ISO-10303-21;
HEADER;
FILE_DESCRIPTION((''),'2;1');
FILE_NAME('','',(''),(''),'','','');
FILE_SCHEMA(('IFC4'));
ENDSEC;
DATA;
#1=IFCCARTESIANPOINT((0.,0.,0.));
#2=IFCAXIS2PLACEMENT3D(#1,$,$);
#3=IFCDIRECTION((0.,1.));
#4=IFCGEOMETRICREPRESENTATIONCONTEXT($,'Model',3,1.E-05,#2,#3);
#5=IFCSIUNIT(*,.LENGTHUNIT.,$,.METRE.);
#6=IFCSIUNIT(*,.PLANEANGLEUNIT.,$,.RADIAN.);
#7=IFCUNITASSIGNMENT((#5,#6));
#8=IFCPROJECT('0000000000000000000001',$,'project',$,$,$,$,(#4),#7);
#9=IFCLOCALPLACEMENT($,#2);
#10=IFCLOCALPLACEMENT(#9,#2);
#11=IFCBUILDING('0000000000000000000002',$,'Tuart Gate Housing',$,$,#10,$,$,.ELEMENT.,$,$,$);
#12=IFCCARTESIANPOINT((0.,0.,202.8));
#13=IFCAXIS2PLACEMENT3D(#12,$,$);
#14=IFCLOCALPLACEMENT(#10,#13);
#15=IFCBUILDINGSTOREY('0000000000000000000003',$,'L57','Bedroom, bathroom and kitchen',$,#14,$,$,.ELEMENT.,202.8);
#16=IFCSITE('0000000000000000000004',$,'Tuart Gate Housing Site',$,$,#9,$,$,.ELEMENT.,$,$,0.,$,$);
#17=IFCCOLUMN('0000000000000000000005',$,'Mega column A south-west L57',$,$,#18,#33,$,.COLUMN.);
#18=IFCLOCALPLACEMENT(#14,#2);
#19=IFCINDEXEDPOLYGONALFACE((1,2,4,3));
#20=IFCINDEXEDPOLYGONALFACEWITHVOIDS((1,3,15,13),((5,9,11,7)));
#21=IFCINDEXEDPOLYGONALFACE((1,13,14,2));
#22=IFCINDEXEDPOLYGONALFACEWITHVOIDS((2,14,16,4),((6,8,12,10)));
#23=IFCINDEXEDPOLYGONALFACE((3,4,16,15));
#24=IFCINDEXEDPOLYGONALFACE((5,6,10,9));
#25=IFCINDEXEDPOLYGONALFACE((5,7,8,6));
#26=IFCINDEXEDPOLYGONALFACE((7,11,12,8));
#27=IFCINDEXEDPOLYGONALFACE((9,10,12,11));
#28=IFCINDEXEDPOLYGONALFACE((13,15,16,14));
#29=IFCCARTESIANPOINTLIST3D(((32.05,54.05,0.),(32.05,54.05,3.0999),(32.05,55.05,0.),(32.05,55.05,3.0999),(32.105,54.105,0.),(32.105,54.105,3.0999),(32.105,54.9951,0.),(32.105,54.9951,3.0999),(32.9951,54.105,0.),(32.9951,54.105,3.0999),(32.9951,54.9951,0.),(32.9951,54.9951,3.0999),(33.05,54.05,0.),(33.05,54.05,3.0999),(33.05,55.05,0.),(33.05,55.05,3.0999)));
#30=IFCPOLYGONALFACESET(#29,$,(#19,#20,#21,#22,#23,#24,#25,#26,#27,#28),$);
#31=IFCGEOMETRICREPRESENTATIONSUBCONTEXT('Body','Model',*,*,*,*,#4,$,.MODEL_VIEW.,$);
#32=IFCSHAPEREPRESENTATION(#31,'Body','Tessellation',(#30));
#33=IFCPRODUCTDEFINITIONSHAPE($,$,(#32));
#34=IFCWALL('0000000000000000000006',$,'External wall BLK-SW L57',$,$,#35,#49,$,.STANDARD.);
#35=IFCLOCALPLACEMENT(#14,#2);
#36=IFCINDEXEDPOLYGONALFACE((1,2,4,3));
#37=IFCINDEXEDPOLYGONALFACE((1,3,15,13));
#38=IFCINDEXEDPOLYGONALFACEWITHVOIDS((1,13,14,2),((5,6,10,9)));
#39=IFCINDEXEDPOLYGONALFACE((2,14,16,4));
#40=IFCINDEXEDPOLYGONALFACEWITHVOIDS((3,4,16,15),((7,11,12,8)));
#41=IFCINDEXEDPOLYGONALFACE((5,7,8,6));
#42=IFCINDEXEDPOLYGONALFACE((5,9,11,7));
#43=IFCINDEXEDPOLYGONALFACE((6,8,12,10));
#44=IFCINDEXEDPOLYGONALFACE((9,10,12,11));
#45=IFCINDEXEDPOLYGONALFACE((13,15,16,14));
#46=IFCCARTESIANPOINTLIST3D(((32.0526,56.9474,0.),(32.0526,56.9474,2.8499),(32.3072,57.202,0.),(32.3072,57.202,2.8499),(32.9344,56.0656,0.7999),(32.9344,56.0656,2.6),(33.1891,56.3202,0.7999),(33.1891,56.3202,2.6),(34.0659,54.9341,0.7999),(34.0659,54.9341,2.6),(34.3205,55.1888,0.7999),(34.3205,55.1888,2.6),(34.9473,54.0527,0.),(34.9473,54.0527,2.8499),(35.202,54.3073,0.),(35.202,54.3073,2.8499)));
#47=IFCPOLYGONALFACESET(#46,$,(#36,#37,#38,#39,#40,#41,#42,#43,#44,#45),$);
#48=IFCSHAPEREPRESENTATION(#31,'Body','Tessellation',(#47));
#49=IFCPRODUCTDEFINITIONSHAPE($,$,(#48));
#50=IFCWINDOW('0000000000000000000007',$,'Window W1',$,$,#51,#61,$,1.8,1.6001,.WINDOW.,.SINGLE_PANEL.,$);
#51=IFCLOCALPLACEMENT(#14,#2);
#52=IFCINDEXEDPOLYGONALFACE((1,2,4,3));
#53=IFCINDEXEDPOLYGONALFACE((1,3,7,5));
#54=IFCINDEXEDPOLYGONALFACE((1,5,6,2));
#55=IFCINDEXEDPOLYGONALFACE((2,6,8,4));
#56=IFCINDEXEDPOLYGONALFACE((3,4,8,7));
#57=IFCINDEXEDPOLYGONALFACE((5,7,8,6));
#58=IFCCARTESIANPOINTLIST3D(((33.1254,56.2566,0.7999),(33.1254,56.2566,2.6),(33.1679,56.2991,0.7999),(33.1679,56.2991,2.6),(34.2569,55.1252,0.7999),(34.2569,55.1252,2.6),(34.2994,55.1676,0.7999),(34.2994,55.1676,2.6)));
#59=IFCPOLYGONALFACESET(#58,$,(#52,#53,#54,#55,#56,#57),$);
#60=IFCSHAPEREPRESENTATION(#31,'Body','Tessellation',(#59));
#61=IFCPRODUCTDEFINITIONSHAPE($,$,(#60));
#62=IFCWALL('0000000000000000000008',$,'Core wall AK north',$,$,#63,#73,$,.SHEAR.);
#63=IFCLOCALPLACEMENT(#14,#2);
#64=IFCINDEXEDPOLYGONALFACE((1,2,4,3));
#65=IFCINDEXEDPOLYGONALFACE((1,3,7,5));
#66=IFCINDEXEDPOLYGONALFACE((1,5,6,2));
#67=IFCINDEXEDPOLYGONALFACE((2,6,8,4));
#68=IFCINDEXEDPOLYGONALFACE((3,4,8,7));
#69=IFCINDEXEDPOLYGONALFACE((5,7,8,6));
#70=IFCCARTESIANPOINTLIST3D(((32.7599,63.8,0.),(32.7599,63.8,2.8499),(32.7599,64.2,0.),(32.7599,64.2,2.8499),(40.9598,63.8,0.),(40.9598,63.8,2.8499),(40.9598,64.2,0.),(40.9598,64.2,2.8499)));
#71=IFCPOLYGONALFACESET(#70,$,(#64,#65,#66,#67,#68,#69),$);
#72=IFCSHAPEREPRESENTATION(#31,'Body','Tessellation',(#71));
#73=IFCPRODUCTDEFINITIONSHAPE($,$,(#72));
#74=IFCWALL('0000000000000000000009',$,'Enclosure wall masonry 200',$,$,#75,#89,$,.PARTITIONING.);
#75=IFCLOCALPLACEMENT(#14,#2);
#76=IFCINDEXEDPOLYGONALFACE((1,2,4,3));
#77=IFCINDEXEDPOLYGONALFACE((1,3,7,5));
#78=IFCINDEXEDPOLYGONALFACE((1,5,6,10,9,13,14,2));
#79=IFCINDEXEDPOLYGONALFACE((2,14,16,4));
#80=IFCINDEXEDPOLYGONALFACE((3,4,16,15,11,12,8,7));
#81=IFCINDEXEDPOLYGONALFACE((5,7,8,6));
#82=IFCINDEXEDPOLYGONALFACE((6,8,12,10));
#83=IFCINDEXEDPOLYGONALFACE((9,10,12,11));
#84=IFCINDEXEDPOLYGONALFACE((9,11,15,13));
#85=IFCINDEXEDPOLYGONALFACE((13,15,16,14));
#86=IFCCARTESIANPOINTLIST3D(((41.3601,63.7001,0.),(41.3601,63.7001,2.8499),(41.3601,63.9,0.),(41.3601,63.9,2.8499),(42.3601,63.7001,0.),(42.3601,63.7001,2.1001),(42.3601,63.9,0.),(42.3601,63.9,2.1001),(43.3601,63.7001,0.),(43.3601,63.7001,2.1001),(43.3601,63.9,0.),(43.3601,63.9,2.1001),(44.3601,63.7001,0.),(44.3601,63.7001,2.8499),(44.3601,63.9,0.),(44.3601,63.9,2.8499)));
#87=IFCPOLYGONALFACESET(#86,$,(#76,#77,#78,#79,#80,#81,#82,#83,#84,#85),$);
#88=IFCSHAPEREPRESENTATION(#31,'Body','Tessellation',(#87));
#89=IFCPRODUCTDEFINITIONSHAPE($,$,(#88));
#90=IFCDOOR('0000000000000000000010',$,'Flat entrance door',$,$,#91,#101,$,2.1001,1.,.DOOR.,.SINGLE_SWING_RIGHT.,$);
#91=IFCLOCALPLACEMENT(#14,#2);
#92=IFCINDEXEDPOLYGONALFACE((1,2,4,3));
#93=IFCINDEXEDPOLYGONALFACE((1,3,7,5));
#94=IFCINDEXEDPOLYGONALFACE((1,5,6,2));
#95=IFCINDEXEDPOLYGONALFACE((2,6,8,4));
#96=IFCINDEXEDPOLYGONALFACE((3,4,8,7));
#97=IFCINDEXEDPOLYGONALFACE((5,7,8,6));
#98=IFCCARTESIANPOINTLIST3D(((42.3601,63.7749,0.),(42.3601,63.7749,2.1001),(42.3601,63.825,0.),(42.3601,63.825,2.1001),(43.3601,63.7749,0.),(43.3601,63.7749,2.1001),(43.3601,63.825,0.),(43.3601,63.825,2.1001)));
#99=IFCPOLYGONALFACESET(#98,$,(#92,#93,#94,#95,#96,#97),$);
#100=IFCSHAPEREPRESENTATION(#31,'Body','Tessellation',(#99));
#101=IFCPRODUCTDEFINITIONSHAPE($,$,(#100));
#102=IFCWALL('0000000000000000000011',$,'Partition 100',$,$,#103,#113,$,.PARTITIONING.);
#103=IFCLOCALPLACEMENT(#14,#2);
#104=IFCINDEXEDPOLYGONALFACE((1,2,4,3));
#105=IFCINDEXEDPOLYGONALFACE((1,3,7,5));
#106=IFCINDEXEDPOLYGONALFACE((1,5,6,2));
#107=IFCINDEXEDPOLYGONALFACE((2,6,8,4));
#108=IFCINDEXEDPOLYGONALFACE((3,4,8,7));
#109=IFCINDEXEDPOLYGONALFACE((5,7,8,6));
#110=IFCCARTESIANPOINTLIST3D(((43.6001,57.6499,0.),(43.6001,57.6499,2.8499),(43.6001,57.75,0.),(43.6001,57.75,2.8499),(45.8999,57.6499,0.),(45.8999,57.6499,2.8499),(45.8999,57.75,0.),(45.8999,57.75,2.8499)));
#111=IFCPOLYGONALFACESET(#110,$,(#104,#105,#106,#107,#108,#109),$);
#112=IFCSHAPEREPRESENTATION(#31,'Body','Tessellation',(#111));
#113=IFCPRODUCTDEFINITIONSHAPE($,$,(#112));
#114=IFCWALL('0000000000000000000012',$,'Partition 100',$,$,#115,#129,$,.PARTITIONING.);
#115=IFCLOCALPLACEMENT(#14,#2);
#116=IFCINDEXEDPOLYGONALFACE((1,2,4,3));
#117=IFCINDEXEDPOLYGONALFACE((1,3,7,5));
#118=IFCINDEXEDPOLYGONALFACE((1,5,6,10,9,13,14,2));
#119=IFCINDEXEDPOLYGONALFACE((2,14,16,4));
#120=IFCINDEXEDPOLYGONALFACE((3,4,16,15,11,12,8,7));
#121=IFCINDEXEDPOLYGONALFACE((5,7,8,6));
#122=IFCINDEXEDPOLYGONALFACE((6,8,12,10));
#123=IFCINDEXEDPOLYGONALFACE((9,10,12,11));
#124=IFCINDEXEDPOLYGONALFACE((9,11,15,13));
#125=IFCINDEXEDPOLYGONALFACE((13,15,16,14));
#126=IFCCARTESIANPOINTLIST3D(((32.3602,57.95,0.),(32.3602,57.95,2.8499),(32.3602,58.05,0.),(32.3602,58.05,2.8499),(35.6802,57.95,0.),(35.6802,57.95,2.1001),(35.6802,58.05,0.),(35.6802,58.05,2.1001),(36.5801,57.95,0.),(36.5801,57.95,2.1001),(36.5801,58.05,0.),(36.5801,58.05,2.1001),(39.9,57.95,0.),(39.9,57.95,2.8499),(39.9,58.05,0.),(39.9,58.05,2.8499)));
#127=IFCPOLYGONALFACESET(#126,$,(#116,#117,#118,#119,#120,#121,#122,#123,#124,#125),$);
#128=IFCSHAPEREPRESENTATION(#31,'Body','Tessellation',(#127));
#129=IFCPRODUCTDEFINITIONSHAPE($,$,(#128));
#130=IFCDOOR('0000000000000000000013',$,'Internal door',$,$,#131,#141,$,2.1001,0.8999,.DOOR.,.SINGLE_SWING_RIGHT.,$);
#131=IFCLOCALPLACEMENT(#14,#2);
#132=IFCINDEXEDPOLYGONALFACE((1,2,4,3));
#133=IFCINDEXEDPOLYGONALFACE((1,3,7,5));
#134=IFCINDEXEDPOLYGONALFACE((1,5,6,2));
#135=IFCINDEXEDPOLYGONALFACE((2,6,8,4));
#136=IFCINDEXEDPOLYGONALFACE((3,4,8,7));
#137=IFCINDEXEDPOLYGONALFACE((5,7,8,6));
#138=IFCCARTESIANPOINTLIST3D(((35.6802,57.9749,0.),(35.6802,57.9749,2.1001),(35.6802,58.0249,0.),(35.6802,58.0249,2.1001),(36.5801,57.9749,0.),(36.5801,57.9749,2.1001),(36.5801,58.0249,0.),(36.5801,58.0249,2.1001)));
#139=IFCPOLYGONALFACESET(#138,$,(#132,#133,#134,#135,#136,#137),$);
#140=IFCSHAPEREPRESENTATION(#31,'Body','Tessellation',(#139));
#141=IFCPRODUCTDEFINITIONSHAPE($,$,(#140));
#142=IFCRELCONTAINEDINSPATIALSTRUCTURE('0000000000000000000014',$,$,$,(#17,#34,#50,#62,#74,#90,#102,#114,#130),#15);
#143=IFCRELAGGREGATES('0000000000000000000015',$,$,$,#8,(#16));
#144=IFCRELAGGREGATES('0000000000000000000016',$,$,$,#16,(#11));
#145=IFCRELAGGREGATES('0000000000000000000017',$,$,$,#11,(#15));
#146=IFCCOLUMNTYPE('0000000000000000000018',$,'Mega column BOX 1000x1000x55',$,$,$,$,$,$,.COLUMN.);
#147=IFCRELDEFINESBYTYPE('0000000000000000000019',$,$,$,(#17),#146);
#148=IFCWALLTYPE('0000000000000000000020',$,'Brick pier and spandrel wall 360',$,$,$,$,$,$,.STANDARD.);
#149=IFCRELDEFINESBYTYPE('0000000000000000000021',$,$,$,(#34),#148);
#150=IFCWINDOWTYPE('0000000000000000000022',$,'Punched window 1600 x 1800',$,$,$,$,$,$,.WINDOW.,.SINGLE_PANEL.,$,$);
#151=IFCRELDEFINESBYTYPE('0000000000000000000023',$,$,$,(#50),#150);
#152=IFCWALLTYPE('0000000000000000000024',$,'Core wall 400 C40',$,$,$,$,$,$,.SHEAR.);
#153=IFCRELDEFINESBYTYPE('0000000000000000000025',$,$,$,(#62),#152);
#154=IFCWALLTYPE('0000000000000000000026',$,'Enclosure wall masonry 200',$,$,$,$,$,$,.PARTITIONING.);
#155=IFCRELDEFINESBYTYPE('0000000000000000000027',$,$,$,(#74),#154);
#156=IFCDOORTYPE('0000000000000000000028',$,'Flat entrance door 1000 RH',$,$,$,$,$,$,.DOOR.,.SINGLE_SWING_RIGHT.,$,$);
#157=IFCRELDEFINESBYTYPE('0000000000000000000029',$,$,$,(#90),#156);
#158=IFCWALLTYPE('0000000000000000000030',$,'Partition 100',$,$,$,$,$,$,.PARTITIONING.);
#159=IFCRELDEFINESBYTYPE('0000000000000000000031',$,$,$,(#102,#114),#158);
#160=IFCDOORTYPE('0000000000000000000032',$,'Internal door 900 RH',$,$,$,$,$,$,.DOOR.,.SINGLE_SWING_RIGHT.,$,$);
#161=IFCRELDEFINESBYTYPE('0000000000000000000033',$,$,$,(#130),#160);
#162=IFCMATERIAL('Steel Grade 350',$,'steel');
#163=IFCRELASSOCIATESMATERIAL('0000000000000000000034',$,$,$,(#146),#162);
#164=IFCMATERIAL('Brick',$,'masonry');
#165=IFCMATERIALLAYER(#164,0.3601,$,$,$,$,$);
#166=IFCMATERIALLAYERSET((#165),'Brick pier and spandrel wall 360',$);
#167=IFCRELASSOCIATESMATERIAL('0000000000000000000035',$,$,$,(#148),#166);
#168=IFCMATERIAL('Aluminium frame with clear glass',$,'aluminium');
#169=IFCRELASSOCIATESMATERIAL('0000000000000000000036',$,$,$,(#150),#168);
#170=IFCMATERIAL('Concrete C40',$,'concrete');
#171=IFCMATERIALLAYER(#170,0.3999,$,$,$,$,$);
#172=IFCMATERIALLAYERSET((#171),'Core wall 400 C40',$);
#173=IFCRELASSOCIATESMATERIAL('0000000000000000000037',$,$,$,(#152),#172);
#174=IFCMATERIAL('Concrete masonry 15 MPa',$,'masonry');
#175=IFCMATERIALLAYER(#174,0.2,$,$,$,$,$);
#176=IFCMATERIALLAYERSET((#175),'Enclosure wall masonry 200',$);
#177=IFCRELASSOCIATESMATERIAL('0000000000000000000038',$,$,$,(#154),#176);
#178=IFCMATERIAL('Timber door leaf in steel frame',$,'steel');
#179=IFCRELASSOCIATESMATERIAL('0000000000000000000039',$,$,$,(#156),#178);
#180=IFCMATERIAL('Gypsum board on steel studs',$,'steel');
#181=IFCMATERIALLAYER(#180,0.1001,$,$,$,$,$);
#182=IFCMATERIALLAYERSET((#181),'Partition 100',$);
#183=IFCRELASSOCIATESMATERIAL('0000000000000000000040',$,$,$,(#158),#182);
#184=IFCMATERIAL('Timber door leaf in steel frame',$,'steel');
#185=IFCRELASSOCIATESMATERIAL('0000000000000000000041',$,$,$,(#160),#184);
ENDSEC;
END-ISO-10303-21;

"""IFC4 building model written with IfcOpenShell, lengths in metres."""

from ifc_helpers import new_model, si_unit, direction, frame, frame_2d, origin, origin_2d, place, context, subcontext, project, spatial, rectangle, hollow_rectangle, extrude, material, layer, layer_set, material_profile, profile_set, type_object, element, fill, save


model = new_model("IFC4")

# Units and contexts
model_context = context("Model", 3, precision=1e-05, world=origin(), true_north=direction((0.0, 1.0)))
body_context = subcontext(model_context, "Body", "Model", "MODEL_VIEW")
ifc_project = project(units=[si_unit("LENGTHUNIT", "METRE"), si_unit("PLANEANGLEUNIT", "RADIAN")], contexts=[model_context])

# Site, building, storey
site_placement = place(None, origin())
site = spatial("IfcSite", under=ifc_project, at=site_placement, Name="Tuart Gate Housing Site", CompositionType="ELEMENT", RefElevation=0.0)
building_placement = place(site_placement, origin())
building = spatial("IfcBuilding", under=site, at=building_placement, Name="Tuart Gate Housing", CompositionType="ELEMENT")
storey_placement = place(building_placement, frame((0.0, 0.0, 202.8)))
storey = spatial("IfcBuildingStorey", under=building, at=storey_placement, Name="L57", Description="Bedroom, bathroom and kitchen", CompositionType="ELEMENT", Elevation=202.8)

# Column
ifc_material_1 = material(Name="Steel Grade 350", Category="steel")
ifc_material_profile = material_profile(ifc_material_1, hollow_rectangle(XDim=1.0, YDim=1.0, WallThickness=0.0549, at=origin_2d()), Name="BOX 1000x1000x55")
ifc_profile_set = profile_set([ifc_material_profile], Name="Steel Grade 350")
column_type = type_object("IfcColumnType", Name="Mega column BOX 1000x1000x55", PredefinedType="COLUMN", material=ifc_profile_set)
column_placement = place(storey_placement, frame((32.55, 54.55, 0.0), z_axis=(0.0, 0.0, 1.0), x_axis=(1.0, 0.0, 0.0)))
element("IfcColumn", 1, at=column_placement, inside=storey, type_object=column_type, Name="Mega column A south-west L57", PredefinedType="COLUMN", context=body_context, shape_type="SweptSolid", body=[
    extrude(hollow_rectangle(XDim=1.0, YDim=1.0, WallThickness=0.0549, at=origin_2d()), origin(), (0.0, 0.0, 1.0), 3.0999),
])

# Wall, opening, window
ifc_material_2 = material(Name="Brick", Category="masonry")
ifc_layer_1 = layer(ifc_material_2, 0.3601)
ifc_layer_set_1 = layer_set([ifc_layer_1], Name="Brick pier and spandrel wall 360")
wall_type_1 = type_object("IfcWallType", Name="Brick pier and spandrel wall 360", PredefinedType="STANDARD", material=ifc_layer_set_1)
wall_1_placement = place(storey_placement, frame((32.1799, 57.0747, 0.0), z_axis=(0.0, 0.0, 1.0), x_axis=(0.707107, -0.707107, 0.0)))
wall_1 = element("IfcWall", 2, at=wall_1_placement, inside=storey, type_object=wall_type_1, Name="External wall BLK-SW L57", PredefinedType="STANDARD", context=body_context, shape_type="SweptSolid", body=[
    extrude(rectangle(XDim=4.0938, YDim=0.3601, at=frame_2d((2.0469, 0.0))), origin(), (0.0, 0.0, 1.0), 2.8499),
])
opening_1_placement = place(wall_1_placement, frame((1.2471, 0.0, 0.8)))
opening_1 = element("IfcOpeningElement", 3, at=opening_1_placement, cuts=wall_1, PredefinedType="OPENING", context=body_context, shape_type="SweptSolid", body=[
    extrude(rectangle(XDim=1.6001, YDim=1.8, at=frame_2d((0.8, 0.8999))), frame((0.0, 0.1899, 0.0), z_axis=(0.0, -1.0, 0.0), x_axis=(1.0, 0.0, 0.0)), (0.0, 0.0, 1.0), 0.3801),
])
ifc_material_3 = material(Name="Aluminium frame with clear glass", Category="aluminium")
window_type = type_object("IfcWindowType", Name="Punched window 1600 x 1800", PartitioningType="SINGLE_PANEL", PredefinedType="WINDOW", material=ifc_material_3)
window_placement = place(opening_1_placement, origin())
window = element("IfcWindow", 4, at=window_placement, inside=storey, type_object=window_type, Name="Window W1", OverallHeight=1.8, OverallWidth=1.6001, PartitioningType="SINGLE_PANEL", PredefinedType="WINDOW", context=body_context, shape_type="SweptSolid", body=[
    extrude(rectangle(XDim=1.6001, YDim=1.8, at=frame_2d((0.8, 0.8999))), frame((0.0, 0.1501, 0.0), z_axis=(0.0, -1.0, 0.0), x_axis=(1.0, 0.0, 0.0)), (0.0, 0.0, 1.0), 0.0601),
])
fill(opening_1, window)

# Wall
ifc_material_4 = material(Name="Concrete C40", Category="concrete")
ifc_layer_2 = layer(ifc_material_4, 0.3999)
ifc_layer_set_2 = layer_set([ifc_layer_2], Name="Core wall 400 C40")
wall_type_2 = type_object("IfcWallType", Name="Core wall 400 C40", PredefinedType="SHEAR", material=ifc_layer_set_2)
wall_2_placement = place(storey_placement, frame((40.96, 64.0, 0.0), z_axis=(0.0, 0.0, 1.0), x_axis=(-1.0, 0.0, 0.0)))
element("IfcWall", 5, at=wall_2_placement, inside=storey, type_object=wall_type_2, Name="Core wall AK north", PredefinedType="SHEAR", context=body_context, shape_type="SweptSolid", body=[
    extrude(rectangle(XDim=8.2, YDim=0.3999, at=frame_2d((4.1001, 0.0))), origin(), (0.0, 0.0, 1.0), 2.8499),
])

# Wall, opening, door
ifc_material_5 = material(Name="Concrete masonry 15 MPa", Category="masonry")
ifc_layer_3 = layer(ifc_material_5, 0.2)
ifc_layer_set_3 = layer_set([ifc_layer_3], Name="Enclosure wall masonry 200")
wall_type_3 = type_object("IfcWallType", Name="Enclosure wall masonry 200", PredefinedType="PARTITIONING", material=ifc_layer_set_3)
wall_3_placement = place(storey_placement, frame((41.3601, 63.8, 0.0), z_axis=(0.0, 0.0, 1.0), x_axis=(1.0, 0.0, 0.0)))
wall_3 = element("IfcWall", 6, at=wall_3_placement, inside=storey, type_object=wall_type_3, Name="Enclosure wall masonry 200", PredefinedType="PARTITIONING", context=body_context, shape_type="SweptSolid", body=[
    extrude(rectangle(XDim=3.0, YDim=0.2, at=frame_2d((1.5, 0.0))), origin(), (0.0, 0.0, 1.0), 2.8499),
])
opening_2_placement = place(wall_3_placement, frame((1.0, 0.0, 0.0)))
opening_2 = element("IfcOpeningElement", 7, at=opening_2_placement, cuts=wall_3, PredefinedType="OPENING", context=body_context, shape_type="SweptSolid", body=[
    extrude(rectangle(XDim=1.0, YDim=2.1001, at=frame_2d((0.5, 1.05))), frame((0.0, 0.1099, 0.0), z_axis=(0.0, -1.0, 0.0), x_axis=(1.0, 0.0, 0.0)), (0.0, 0.0, 1.0), 0.22),
])
ifc_material_6 = material(Name="Timber door leaf in steel frame", Category="steel")
door_type_1 = type_object("IfcDoorType", Name="Flat entrance door 1000 RH", OperationType="SINGLE_SWING_RIGHT", PredefinedType="DOOR", material=ifc_material_6)
door_1_placement = place(opening_2_placement, frame((1.0, 0.0, 0.0), z_axis=(0.0, 0.0, 1.0), x_axis=(-1.0, 0.0, 0.0)))
door_1 = element("IfcDoor", 8, at=door_1_placement, inside=storey, type_object=door_type_1, Name="Flat entrance door", OperationType="SINGLE_SWING_RIGHT", OverallHeight=2.1001, OverallWidth=1.0, PredefinedType="DOOR", context=body_context, shape_type="SweptSolid", body=[
    extrude(rectangle(XDim=1.0, YDim=2.1001, at=frame_2d((0.5, 1.05))), frame((0.0, 0.0251, 0.0), z_axis=(0.0, -1.0, 0.0), x_axis=(1.0, 0.0, 0.0)), (0.0, 0.0, 1.0), 0.05),
])
fill(opening_2, door_1)

# Wall
ifc_material_7 = material(Name="Gypsum board on steel studs", Category="steel")
ifc_layer_4 = layer(ifc_material_7, 0.1001)
ifc_layer_set_4 = layer_set([ifc_layer_4], Name="Partition 100")
wall_type_4 = type_object("IfcWallType", Name="Partition 100", PredefinedType="PARTITIONING", material=ifc_layer_set_4)
wall_4_placement = place(storey_placement, frame((43.6001, 57.7, 0.0), z_axis=(0.0, 0.0, 1.0), x_axis=(1.0, 0.0, 0.0)))
element("IfcWall", 9, at=wall_4_placement, inside=storey, type_object=wall_type_4, Name="Partition 100", PredefinedType="PARTITIONING", context=body_context, shape_type="SweptSolid", body=[
    extrude(rectangle(XDim=2.2998, YDim=0.1001, at=frame_2d((1.1499, 0.0))), origin(), (0.0, 0.0, 1.0), 2.8499),
])

# Wall, opening, door
wall_5_placement = place(storey_placement, frame((32.3601, 58.0, 0.0), z_axis=(0.0, 0.0, 1.0), x_axis=(1.0, 0.0, 0.0)))
wall_5 = element("IfcWall", 10, at=wall_5_placement, inside=storey, type_object=wall_type_4, Name="Partition 100", PredefinedType="PARTITIONING", context=body_context, shape_type="SweptSolid", body=[
    extrude(rectangle(XDim=7.5398, YDim=0.1001, at=frame_2d((3.77, 0.0))), origin(), (0.0, 0.0, 1.0), 2.8499),
])
opening_3_placement = place(wall_5_placement, frame((3.3201, 0.0, 0.0)))
opening_3 = element("IfcOpeningElement", 11, at=opening_3_placement, cuts=wall_5, PredefinedType="OPENING", context=body_context, shape_type="SweptSolid", body=[
    extrude(rectangle(XDim=0.8999, YDim=2.1001, at=frame_2d((0.45, 1.05))), frame((0.0, 0.0601, 0.0), z_axis=(0.0, -1.0, 0.0), x_axis=(1.0, 0.0, 0.0)), (0.0, 0.0, 1.0), 0.1201),
])
ifc_material_8 = material(Name="Timber door leaf in steel frame", Category="steel")
door_type_2 = type_object("IfcDoorType", Name="Internal door 900 RH", OperationType="SINGLE_SWING_RIGHT", PredefinedType="DOOR", material=ifc_material_8)
door_2_placement = place(opening_3_placement, frame((0.8999, 0.0, 0.0), z_axis=(0.0, 0.0, 1.0), x_axis=(-1.0, 0.0, 0.0)))
door_2 = element("IfcDoor", 12, at=door_2_placement, inside=storey, type_object=door_type_2, Name="Internal door", OperationType="SINGLE_SWING_RIGHT", OverallHeight=2.1001, OverallWidth=0.8999, PredefinedType="DOOR", context=body_context, shape_type="SweptSolid", body=[
    extrude(rectangle(XDim=0.8999, YDim=2.1001, at=frame_2d((0.45, 1.05))), frame((0.0, 0.0251, 0.0), z_axis=(0.0, -1.0, 0.0), x_axis=(1.0, 0.0, 0.0)), (0.0, 0.0, 1.0), 0.05),
])
fill(opening_3, door_2)

save(model, "model.ifc")
